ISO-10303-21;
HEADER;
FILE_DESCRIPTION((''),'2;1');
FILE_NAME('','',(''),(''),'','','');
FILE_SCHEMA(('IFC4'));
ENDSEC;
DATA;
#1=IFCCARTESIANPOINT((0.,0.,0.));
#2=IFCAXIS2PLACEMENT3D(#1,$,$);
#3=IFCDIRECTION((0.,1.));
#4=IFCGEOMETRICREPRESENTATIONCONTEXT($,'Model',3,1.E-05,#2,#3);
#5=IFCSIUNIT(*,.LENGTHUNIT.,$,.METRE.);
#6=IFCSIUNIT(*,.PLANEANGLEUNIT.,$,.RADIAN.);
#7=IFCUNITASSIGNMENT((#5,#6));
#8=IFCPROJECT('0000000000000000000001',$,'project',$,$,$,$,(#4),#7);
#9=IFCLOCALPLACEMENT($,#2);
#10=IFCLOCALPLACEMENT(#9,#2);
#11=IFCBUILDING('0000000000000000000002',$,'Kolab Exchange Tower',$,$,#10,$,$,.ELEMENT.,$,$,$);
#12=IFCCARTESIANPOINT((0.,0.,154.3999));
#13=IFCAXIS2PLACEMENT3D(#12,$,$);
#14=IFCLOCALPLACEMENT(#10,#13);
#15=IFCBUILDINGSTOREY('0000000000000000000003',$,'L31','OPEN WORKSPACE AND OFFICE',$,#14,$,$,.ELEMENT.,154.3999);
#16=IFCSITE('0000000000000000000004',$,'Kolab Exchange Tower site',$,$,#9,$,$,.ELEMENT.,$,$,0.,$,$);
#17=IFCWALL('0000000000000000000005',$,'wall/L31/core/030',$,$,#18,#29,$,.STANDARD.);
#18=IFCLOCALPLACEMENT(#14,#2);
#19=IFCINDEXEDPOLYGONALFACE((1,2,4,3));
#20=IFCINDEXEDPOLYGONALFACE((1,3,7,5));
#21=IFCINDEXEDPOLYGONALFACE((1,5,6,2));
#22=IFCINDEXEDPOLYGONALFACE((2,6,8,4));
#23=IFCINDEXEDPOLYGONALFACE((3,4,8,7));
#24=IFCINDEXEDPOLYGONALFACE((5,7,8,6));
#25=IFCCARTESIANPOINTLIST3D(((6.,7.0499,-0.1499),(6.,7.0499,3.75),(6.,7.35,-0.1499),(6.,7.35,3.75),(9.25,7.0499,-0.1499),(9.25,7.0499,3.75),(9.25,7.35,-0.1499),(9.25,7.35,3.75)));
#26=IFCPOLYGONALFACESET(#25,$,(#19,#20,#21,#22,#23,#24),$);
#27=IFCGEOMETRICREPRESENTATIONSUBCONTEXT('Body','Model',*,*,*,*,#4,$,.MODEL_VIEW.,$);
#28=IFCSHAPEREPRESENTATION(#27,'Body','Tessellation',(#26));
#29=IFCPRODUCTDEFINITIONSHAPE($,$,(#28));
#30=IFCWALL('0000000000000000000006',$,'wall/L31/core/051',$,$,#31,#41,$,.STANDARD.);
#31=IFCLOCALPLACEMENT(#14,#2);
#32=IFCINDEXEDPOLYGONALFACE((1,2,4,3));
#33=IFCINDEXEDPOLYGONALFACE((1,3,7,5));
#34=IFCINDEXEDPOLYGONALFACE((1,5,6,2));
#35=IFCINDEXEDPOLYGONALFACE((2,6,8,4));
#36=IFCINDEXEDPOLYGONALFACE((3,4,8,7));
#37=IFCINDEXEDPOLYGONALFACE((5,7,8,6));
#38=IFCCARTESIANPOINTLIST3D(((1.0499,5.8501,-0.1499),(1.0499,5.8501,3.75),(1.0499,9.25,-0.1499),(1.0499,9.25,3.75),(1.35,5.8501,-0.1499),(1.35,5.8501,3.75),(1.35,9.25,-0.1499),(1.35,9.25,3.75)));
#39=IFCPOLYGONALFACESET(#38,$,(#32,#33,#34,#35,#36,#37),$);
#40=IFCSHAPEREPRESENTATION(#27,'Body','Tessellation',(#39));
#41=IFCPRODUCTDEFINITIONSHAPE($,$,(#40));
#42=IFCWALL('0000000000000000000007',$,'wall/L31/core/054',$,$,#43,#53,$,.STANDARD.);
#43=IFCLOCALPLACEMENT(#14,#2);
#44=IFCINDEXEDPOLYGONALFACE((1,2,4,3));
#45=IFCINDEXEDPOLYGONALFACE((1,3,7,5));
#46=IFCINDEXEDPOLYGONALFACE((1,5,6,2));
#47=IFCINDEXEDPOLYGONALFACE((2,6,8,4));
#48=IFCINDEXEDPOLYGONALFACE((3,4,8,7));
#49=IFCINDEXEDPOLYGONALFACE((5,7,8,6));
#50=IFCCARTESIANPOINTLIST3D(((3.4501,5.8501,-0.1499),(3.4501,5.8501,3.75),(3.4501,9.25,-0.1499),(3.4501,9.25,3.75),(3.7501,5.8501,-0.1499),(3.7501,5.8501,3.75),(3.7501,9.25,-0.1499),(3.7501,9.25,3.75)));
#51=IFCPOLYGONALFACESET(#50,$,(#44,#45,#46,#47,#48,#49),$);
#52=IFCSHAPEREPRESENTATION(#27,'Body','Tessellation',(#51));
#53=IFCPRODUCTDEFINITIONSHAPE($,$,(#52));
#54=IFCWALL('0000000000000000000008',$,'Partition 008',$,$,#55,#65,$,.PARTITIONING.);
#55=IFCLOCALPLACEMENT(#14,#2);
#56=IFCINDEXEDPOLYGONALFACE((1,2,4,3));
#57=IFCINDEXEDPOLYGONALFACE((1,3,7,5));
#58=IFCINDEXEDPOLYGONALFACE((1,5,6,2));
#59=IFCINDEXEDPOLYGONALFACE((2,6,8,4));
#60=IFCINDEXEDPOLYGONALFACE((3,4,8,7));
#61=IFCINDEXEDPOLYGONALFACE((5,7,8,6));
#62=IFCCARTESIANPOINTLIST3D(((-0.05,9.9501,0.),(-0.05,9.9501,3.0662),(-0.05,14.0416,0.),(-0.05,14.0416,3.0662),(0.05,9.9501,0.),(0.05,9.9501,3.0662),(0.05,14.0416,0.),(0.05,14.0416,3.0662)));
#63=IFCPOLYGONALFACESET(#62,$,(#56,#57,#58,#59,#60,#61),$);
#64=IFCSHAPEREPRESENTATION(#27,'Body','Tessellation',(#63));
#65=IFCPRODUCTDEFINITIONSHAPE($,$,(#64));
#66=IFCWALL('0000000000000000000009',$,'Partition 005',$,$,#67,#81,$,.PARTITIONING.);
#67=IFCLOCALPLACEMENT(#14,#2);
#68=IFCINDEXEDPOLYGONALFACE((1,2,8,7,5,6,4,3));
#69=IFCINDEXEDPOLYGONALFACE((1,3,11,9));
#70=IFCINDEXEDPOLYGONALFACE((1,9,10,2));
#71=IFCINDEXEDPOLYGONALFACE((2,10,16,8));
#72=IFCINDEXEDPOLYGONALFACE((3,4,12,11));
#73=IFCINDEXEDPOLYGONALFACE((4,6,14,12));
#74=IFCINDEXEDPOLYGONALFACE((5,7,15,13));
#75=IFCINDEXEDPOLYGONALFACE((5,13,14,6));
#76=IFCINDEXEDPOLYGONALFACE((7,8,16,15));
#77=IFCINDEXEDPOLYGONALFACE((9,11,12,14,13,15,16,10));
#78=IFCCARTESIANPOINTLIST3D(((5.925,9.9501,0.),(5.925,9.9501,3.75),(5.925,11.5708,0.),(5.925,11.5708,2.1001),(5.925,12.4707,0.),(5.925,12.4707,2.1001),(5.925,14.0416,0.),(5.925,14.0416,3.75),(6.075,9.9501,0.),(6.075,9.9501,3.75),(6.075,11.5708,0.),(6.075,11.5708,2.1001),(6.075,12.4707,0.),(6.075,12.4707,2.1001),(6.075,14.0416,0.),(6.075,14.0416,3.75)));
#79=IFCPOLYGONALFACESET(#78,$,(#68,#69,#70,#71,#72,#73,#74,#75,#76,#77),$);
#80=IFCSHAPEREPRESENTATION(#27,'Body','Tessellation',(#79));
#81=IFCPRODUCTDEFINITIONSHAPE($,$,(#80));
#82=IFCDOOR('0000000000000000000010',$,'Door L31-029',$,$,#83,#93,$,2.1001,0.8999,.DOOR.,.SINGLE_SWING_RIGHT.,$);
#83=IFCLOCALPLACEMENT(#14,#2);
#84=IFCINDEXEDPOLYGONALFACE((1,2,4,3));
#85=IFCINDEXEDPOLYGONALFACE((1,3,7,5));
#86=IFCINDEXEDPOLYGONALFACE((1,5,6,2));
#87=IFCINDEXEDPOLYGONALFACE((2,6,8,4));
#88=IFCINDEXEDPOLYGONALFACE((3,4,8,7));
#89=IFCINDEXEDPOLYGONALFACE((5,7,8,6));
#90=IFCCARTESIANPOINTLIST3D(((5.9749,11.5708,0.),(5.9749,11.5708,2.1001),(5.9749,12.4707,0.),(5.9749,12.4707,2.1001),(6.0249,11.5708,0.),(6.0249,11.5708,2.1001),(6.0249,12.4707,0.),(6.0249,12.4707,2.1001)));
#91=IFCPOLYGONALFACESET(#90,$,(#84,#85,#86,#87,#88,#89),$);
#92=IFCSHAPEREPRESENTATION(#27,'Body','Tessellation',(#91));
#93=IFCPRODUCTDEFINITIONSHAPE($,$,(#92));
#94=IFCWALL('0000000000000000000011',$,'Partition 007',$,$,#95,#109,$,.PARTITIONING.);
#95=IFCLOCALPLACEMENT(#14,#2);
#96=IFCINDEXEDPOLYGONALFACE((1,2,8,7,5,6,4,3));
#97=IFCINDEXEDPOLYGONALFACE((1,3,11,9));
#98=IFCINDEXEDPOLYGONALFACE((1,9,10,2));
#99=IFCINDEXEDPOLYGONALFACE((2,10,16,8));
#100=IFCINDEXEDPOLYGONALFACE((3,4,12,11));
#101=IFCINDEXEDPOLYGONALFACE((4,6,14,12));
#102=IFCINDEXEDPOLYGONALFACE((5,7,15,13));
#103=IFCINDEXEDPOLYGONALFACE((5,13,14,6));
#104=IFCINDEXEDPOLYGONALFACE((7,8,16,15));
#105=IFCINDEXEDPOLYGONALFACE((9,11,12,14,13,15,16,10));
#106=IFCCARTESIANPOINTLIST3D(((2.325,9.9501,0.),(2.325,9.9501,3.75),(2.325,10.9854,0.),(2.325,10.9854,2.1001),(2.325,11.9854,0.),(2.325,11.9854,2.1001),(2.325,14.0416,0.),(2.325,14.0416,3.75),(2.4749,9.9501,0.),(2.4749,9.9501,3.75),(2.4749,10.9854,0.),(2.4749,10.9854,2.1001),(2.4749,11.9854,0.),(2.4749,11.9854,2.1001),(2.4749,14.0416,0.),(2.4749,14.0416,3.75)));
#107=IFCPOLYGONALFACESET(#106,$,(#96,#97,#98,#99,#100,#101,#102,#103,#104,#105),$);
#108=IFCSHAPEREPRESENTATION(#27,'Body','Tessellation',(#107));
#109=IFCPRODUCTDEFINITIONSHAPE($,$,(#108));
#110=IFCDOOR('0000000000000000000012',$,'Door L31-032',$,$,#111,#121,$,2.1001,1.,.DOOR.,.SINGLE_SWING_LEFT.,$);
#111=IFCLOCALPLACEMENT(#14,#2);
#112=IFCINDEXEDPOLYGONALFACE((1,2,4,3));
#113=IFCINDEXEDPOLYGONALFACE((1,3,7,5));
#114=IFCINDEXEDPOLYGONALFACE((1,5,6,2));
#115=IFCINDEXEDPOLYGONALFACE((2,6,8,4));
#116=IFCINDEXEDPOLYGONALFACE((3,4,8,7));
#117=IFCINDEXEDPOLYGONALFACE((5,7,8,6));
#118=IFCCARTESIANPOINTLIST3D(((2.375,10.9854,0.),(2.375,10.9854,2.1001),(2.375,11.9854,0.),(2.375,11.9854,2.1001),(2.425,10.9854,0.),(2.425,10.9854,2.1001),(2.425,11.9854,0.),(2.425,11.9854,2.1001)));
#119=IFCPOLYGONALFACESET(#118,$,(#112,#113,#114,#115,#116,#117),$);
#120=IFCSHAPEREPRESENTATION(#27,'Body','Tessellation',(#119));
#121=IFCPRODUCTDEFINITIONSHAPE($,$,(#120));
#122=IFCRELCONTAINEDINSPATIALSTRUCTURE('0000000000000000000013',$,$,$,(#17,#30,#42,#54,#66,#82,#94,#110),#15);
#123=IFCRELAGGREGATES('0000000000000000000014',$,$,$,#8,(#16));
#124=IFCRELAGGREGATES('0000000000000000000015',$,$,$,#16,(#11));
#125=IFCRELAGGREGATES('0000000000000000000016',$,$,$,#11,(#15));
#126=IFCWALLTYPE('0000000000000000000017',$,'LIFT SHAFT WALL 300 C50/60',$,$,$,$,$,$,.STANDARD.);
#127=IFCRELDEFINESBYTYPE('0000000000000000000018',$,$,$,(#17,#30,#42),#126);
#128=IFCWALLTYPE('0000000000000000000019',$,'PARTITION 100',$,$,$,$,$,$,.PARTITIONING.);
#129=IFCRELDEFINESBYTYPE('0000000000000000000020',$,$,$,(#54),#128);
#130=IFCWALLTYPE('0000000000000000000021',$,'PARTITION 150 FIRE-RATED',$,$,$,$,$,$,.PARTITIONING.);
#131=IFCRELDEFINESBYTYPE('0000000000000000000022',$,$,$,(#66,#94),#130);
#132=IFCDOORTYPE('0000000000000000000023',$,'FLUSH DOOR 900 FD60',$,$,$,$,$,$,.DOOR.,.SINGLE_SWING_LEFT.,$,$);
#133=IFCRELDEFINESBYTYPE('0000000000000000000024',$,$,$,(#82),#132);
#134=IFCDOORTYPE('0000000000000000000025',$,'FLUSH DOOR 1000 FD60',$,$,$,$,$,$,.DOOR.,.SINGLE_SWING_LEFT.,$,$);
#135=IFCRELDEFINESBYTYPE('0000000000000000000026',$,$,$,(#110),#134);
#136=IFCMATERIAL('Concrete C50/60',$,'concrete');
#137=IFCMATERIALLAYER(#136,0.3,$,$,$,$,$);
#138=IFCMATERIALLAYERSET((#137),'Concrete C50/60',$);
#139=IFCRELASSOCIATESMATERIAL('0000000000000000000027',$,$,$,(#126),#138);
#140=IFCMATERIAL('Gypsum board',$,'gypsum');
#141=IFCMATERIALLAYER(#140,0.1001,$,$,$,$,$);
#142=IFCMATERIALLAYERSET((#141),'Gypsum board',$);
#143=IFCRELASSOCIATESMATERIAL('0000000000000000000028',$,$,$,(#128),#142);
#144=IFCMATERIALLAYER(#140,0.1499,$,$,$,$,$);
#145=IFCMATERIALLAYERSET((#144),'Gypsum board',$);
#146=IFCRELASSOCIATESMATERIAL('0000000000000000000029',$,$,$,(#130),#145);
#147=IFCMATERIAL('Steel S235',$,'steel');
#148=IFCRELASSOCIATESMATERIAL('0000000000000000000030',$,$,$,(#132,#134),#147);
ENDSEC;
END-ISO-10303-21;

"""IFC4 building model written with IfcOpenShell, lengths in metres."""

from ifc_helpers import new_model, si_unit, direction, frame, frame_2d, origin, place, context, subcontext, project, spatial, rectangle, extrude, material, layer, layer_set, type_object, element, fill, save


model = new_model("IFC4")

# Units and contexts
model_context = context("Model", 3, precision=1e-05, world=origin(), true_north=direction((0.0, 1.0)))
body_context = subcontext(model_context, "Body", "Model", "MODEL_VIEW")
ifc_project = project(units=[si_unit("LENGTHUNIT", "METRE"), si_unit("PLANEANGLEUNIT", "RADIAN")], contexts=[model_context])

# Site, building, storey
site_placement = place(None, origin())
site = spatial("IfcSite", under=ifc_project, at=site_placement, Name="Kolab Exchange Tower site", CompositionType="ELEMENT", RefElevation=0.0)
building_placement = place(site_placement, origin())
building = spatial("IfcBuilding", under=site, at=building_placement, Name="Kolab Exchange Tower", CompositionType="ELEMENT")
storey_placement = place(building_placement, frame((0.0, 0.0, 154.3999)))
storey = spatial("IfcBuildingStorey", under=building, at=storey_placement, Name="L31", Description="OPEN WORKSPACE AND OFFICE", CompositionType="ELEMENT", Elevation=154.3999)

# Shared definitions
ifc_material_1 = material(Name="Concrete C50/60", Category="concrete")

# Shared definitions
ifc_layer_1 = layer(ifc_material_1, 0.3)
ifc_layer_set_1 = layer_set([ifc_layer_1], Name="Concrete C50/60")
wall_type_1 = type_object("IfcWallType", Name="LIFT SHAFT WALL 300 C50/60", PredefinedType="STANDARD", material=ifc_layer_set_1)

# Walls
wall_1_placement = place(storey_placement, frame((6.0, 7.2, -0.1499), z_axis=(0.0, 0.0, 1.0), x_axis=(1.0, 0.0, 0.0)))
element("IfcWall", 1, at=wall_1_placement, inside=storey, type_object=wall_type_1, Name="wall/L31/core/030", PredefinedType="STANDARD", context=body_context, shape_type="SweptSolid", body=[
    extrude(rectangle(XDim=3.25, YDim=0.3, at=frame_2d((1.625, 0.0))), origin(), (0.0, 0.0, 1.0), 3.8999),
])
for number, where, z_axis, x_axis, name in (
    (2, (1.2, 5.8501, -0.1499), (0.0, 0.0, 1.0), (0.0, 1.0, 0.0), "wall/L31/core/051"),
    (3, (3.6001, 5.8501, -0.1499), (0.0, 0.0, 1.0), (0.0, 1.0, 0.0), "wall/L31/core/054"),
):
    element("IfcWall", number, at=place(storey_placement, frame(where, z_axis=z_axis, x_axis=x_axis)), inside=storey, type_object=wall_type_1, Name=name, PredefinedType="STANDARD", context=body_context, shape_type="SweptSolid", body=[
        extrude(rectangle(XDim=3.3999, YDim=0.3, at=frame_2d((1.7, 0.0))), origin(), (0.0, 0.0, 1.0), 3.8999),
    ])
ifc_material_2 = material(Name="Gypsum board", Category="gypsum")
ifc_layer_2 = layer(ifc_material_2, 0.1001)
ifc_layer_set_2 = layer_set([ifc_layer_2], Name="Gypsum board")
wall_type_2 = type_object("IfcWallType", Name="PARTITION 100", PredefinedType="PARTITIONING", material=ifc_layer_set_2)
wall_2_placement = place(storey_placement, frame((0.0, 9.95, 0.0), z_axis=(0.0, 0.0, 1.0), x_axis=(0.0, 1.0, 0.0)))
element("IfcWall", 4, at=wall_2_placement, inside=storey, type_object=wall_type_2, Name="Partition 008", PredefinedType="PARTITIONING", context=body_context, shape_type="SweptSolid", body=[
    extrude(rectangle(XDim=4.0916, YDim=0.1001, at=frame_2d((2.0459, 0.0))), origin(), (0.0, 0.0, 1.0), 3.0662),
])

# Walls, openings, doors
ifc_layer_3 = layer(ifc_material_2, 0.1499)
ifc_layer_set_3 = layer_set([ifc_layer_3], Name="Gypsum board")
wall_type_3 = type_object("IfcWallType", Name="PARTITION 150 FIRE-RATED", PredefinedType="PARTITIONING", material=ifc_layer_set_3)
wall_3_placement = place(storey_placement, frame((6.0, 9.95, 0.0), z_axis=(0.0, 0.0, 1.0), x_axis=(0.0, 1.0, 0.0)))
wall_3 = element("IfcWall", 5, at=wall_3_placement, inside=storey, type_object=wall_type_3, Name="Partition 005", PredefinedType="PARTITIONING", context=body_context, shape_type="SweptSolid", body=[
    extrude(rectangle(XDim=4.0916, YDim=0.1499, at=frame_2d((2.0459, 0.0))), origin(), (0.0, 0.0, 1.0), 3.75),
])
opening_1_placement = place(wall_3_placement, frame((1.6208, 0.0, 0.0)))
opening_1 = element("IfcOpeningElement", 6, at=opening_1_placement, cuts=wall_3, PredefinedType="OPENING", context=body_context, shape_type="SweptSolid", body=[
    extrude(rectangle(XDim=0.8999, YDim=2.1001, at=frame_2d((0.45, 1.05))), frame((0.0, 0.085, 0.0), z_axis=(0.0, -1.0, 0.0), x_axis=(1.0, 0.0, 0.0)), (0.0, 0.0, 1.0), 0.1699),
])
ifc_material_3 = material(Name="Steel S235", Category="steel")
door_type_1 = type_object("IfcDoorType", Name="FLUSH DOOR 900 FD60", OperationType="SINGLE_SWING_LEFT", PredefinedType="DOOR", material=ifc_material_3)
door_1_placement = place(opening_1_placement, frame((0.8999, 0.0, 0.0), z_axis=(0.0, 0.0, 1.0), x_axis=(-1.0, 0.0, 0.0)))
door_1 = element("IfcDoor", 7, at=door_1_placement, inside=storey, type_object=door_type_1, Name="Door L31-029", OperationType="SINGLE_SWING_RIGHT", OverallHeight=2.1001, OverallWidth=0.8999, PredefinedType="DOOR", context=body_context, shape_type="SweptSolid", body=[
    extrude(rectangle(XDim=0.8999, YDim=2.1001, at=frame_2d((0.45, 1.05))), frame((0.0, 0.0249, 0.0), z_axis=(0.0, -1.0, 0.0), x_axis=(1.0, 0.0, 0.0)), (0.0, 0.0, 1.0), 0.05),
])
fill(opening_1, door_1)
wall_4_placement = place(storey_placement, frame((2.3999, 9.95, 0.0), z_axis=(0.0, 0.0, 1.0), x_axis=(0.0, 1.0, 0.0)))
wall_4 = element("IfcWall", 8, at=wall_4_placement, inside=storey, type_object=wall_type_3, Name="Partition 007", PredefinedType="PARTITIONING", context=body_context, shape_type="SweptSolid", body=[
    extrude(rectangle(XDim=4.0916, YDim=0.1499, at=frame_2d((2.0459, 0.0))), origin(), (0.0, 0.0, 1.0), 3.75),
])
opening_2_placement = place(wall_4_placement, frame((1.0354, 0.0, 0.0)))
opening_2 = element("IfcOpeningElement", 9, at=opening_2_placement, cuts=wall_4, PredefinedType="OPENING", context=body_context, shape_type="SweptSolid", body=[
    extrude(rectangle(XDim=1.0, YDim=2.1001, at=frame_2d((0.5, 1.05))), frame((0.0, 0.085, 0.0), z_axis=(0.0, -1.0, 0.0), x_axis=(1.0, 0.0, 0.0)), (0.0, 0.0, 1.0), 0.1699),
])
door_type_2 = type_object("IfcDoorType", Name="FLUSH DOOR 1000 FD60", OperationType="SINGLE_SWING_LEFT", PredefinedType="DOOR", material=ifc_material_3)
door_2_placement = place(opening_2_placement, origin())
door_2 = element("IfcDoor", 10, at=door_2_placement, inside=storey, type_object=door_type_2, Name="Door L31-032", OperationType="SINGLE_SWING_LEFT", OverallHeight=2.1001, OverallWidth=1.0, PredefinedType="DOOR", context=body_context, shape_type="SweptSolid", body=[
    extrude(rectangle(XDim=1.0, YDim=2.1001, at=frame_2d((0.5, 1.05))), frame((0.0, 0.0249, 0.0), z_axis=(0.0, -1.0, 0.0), x_axis=(1.0, 0.0, 0.0)), (0.0, 0.0, 1.0), 0.05),
])
fill(opening_2, door_2)

save(model, "model.ifc")
